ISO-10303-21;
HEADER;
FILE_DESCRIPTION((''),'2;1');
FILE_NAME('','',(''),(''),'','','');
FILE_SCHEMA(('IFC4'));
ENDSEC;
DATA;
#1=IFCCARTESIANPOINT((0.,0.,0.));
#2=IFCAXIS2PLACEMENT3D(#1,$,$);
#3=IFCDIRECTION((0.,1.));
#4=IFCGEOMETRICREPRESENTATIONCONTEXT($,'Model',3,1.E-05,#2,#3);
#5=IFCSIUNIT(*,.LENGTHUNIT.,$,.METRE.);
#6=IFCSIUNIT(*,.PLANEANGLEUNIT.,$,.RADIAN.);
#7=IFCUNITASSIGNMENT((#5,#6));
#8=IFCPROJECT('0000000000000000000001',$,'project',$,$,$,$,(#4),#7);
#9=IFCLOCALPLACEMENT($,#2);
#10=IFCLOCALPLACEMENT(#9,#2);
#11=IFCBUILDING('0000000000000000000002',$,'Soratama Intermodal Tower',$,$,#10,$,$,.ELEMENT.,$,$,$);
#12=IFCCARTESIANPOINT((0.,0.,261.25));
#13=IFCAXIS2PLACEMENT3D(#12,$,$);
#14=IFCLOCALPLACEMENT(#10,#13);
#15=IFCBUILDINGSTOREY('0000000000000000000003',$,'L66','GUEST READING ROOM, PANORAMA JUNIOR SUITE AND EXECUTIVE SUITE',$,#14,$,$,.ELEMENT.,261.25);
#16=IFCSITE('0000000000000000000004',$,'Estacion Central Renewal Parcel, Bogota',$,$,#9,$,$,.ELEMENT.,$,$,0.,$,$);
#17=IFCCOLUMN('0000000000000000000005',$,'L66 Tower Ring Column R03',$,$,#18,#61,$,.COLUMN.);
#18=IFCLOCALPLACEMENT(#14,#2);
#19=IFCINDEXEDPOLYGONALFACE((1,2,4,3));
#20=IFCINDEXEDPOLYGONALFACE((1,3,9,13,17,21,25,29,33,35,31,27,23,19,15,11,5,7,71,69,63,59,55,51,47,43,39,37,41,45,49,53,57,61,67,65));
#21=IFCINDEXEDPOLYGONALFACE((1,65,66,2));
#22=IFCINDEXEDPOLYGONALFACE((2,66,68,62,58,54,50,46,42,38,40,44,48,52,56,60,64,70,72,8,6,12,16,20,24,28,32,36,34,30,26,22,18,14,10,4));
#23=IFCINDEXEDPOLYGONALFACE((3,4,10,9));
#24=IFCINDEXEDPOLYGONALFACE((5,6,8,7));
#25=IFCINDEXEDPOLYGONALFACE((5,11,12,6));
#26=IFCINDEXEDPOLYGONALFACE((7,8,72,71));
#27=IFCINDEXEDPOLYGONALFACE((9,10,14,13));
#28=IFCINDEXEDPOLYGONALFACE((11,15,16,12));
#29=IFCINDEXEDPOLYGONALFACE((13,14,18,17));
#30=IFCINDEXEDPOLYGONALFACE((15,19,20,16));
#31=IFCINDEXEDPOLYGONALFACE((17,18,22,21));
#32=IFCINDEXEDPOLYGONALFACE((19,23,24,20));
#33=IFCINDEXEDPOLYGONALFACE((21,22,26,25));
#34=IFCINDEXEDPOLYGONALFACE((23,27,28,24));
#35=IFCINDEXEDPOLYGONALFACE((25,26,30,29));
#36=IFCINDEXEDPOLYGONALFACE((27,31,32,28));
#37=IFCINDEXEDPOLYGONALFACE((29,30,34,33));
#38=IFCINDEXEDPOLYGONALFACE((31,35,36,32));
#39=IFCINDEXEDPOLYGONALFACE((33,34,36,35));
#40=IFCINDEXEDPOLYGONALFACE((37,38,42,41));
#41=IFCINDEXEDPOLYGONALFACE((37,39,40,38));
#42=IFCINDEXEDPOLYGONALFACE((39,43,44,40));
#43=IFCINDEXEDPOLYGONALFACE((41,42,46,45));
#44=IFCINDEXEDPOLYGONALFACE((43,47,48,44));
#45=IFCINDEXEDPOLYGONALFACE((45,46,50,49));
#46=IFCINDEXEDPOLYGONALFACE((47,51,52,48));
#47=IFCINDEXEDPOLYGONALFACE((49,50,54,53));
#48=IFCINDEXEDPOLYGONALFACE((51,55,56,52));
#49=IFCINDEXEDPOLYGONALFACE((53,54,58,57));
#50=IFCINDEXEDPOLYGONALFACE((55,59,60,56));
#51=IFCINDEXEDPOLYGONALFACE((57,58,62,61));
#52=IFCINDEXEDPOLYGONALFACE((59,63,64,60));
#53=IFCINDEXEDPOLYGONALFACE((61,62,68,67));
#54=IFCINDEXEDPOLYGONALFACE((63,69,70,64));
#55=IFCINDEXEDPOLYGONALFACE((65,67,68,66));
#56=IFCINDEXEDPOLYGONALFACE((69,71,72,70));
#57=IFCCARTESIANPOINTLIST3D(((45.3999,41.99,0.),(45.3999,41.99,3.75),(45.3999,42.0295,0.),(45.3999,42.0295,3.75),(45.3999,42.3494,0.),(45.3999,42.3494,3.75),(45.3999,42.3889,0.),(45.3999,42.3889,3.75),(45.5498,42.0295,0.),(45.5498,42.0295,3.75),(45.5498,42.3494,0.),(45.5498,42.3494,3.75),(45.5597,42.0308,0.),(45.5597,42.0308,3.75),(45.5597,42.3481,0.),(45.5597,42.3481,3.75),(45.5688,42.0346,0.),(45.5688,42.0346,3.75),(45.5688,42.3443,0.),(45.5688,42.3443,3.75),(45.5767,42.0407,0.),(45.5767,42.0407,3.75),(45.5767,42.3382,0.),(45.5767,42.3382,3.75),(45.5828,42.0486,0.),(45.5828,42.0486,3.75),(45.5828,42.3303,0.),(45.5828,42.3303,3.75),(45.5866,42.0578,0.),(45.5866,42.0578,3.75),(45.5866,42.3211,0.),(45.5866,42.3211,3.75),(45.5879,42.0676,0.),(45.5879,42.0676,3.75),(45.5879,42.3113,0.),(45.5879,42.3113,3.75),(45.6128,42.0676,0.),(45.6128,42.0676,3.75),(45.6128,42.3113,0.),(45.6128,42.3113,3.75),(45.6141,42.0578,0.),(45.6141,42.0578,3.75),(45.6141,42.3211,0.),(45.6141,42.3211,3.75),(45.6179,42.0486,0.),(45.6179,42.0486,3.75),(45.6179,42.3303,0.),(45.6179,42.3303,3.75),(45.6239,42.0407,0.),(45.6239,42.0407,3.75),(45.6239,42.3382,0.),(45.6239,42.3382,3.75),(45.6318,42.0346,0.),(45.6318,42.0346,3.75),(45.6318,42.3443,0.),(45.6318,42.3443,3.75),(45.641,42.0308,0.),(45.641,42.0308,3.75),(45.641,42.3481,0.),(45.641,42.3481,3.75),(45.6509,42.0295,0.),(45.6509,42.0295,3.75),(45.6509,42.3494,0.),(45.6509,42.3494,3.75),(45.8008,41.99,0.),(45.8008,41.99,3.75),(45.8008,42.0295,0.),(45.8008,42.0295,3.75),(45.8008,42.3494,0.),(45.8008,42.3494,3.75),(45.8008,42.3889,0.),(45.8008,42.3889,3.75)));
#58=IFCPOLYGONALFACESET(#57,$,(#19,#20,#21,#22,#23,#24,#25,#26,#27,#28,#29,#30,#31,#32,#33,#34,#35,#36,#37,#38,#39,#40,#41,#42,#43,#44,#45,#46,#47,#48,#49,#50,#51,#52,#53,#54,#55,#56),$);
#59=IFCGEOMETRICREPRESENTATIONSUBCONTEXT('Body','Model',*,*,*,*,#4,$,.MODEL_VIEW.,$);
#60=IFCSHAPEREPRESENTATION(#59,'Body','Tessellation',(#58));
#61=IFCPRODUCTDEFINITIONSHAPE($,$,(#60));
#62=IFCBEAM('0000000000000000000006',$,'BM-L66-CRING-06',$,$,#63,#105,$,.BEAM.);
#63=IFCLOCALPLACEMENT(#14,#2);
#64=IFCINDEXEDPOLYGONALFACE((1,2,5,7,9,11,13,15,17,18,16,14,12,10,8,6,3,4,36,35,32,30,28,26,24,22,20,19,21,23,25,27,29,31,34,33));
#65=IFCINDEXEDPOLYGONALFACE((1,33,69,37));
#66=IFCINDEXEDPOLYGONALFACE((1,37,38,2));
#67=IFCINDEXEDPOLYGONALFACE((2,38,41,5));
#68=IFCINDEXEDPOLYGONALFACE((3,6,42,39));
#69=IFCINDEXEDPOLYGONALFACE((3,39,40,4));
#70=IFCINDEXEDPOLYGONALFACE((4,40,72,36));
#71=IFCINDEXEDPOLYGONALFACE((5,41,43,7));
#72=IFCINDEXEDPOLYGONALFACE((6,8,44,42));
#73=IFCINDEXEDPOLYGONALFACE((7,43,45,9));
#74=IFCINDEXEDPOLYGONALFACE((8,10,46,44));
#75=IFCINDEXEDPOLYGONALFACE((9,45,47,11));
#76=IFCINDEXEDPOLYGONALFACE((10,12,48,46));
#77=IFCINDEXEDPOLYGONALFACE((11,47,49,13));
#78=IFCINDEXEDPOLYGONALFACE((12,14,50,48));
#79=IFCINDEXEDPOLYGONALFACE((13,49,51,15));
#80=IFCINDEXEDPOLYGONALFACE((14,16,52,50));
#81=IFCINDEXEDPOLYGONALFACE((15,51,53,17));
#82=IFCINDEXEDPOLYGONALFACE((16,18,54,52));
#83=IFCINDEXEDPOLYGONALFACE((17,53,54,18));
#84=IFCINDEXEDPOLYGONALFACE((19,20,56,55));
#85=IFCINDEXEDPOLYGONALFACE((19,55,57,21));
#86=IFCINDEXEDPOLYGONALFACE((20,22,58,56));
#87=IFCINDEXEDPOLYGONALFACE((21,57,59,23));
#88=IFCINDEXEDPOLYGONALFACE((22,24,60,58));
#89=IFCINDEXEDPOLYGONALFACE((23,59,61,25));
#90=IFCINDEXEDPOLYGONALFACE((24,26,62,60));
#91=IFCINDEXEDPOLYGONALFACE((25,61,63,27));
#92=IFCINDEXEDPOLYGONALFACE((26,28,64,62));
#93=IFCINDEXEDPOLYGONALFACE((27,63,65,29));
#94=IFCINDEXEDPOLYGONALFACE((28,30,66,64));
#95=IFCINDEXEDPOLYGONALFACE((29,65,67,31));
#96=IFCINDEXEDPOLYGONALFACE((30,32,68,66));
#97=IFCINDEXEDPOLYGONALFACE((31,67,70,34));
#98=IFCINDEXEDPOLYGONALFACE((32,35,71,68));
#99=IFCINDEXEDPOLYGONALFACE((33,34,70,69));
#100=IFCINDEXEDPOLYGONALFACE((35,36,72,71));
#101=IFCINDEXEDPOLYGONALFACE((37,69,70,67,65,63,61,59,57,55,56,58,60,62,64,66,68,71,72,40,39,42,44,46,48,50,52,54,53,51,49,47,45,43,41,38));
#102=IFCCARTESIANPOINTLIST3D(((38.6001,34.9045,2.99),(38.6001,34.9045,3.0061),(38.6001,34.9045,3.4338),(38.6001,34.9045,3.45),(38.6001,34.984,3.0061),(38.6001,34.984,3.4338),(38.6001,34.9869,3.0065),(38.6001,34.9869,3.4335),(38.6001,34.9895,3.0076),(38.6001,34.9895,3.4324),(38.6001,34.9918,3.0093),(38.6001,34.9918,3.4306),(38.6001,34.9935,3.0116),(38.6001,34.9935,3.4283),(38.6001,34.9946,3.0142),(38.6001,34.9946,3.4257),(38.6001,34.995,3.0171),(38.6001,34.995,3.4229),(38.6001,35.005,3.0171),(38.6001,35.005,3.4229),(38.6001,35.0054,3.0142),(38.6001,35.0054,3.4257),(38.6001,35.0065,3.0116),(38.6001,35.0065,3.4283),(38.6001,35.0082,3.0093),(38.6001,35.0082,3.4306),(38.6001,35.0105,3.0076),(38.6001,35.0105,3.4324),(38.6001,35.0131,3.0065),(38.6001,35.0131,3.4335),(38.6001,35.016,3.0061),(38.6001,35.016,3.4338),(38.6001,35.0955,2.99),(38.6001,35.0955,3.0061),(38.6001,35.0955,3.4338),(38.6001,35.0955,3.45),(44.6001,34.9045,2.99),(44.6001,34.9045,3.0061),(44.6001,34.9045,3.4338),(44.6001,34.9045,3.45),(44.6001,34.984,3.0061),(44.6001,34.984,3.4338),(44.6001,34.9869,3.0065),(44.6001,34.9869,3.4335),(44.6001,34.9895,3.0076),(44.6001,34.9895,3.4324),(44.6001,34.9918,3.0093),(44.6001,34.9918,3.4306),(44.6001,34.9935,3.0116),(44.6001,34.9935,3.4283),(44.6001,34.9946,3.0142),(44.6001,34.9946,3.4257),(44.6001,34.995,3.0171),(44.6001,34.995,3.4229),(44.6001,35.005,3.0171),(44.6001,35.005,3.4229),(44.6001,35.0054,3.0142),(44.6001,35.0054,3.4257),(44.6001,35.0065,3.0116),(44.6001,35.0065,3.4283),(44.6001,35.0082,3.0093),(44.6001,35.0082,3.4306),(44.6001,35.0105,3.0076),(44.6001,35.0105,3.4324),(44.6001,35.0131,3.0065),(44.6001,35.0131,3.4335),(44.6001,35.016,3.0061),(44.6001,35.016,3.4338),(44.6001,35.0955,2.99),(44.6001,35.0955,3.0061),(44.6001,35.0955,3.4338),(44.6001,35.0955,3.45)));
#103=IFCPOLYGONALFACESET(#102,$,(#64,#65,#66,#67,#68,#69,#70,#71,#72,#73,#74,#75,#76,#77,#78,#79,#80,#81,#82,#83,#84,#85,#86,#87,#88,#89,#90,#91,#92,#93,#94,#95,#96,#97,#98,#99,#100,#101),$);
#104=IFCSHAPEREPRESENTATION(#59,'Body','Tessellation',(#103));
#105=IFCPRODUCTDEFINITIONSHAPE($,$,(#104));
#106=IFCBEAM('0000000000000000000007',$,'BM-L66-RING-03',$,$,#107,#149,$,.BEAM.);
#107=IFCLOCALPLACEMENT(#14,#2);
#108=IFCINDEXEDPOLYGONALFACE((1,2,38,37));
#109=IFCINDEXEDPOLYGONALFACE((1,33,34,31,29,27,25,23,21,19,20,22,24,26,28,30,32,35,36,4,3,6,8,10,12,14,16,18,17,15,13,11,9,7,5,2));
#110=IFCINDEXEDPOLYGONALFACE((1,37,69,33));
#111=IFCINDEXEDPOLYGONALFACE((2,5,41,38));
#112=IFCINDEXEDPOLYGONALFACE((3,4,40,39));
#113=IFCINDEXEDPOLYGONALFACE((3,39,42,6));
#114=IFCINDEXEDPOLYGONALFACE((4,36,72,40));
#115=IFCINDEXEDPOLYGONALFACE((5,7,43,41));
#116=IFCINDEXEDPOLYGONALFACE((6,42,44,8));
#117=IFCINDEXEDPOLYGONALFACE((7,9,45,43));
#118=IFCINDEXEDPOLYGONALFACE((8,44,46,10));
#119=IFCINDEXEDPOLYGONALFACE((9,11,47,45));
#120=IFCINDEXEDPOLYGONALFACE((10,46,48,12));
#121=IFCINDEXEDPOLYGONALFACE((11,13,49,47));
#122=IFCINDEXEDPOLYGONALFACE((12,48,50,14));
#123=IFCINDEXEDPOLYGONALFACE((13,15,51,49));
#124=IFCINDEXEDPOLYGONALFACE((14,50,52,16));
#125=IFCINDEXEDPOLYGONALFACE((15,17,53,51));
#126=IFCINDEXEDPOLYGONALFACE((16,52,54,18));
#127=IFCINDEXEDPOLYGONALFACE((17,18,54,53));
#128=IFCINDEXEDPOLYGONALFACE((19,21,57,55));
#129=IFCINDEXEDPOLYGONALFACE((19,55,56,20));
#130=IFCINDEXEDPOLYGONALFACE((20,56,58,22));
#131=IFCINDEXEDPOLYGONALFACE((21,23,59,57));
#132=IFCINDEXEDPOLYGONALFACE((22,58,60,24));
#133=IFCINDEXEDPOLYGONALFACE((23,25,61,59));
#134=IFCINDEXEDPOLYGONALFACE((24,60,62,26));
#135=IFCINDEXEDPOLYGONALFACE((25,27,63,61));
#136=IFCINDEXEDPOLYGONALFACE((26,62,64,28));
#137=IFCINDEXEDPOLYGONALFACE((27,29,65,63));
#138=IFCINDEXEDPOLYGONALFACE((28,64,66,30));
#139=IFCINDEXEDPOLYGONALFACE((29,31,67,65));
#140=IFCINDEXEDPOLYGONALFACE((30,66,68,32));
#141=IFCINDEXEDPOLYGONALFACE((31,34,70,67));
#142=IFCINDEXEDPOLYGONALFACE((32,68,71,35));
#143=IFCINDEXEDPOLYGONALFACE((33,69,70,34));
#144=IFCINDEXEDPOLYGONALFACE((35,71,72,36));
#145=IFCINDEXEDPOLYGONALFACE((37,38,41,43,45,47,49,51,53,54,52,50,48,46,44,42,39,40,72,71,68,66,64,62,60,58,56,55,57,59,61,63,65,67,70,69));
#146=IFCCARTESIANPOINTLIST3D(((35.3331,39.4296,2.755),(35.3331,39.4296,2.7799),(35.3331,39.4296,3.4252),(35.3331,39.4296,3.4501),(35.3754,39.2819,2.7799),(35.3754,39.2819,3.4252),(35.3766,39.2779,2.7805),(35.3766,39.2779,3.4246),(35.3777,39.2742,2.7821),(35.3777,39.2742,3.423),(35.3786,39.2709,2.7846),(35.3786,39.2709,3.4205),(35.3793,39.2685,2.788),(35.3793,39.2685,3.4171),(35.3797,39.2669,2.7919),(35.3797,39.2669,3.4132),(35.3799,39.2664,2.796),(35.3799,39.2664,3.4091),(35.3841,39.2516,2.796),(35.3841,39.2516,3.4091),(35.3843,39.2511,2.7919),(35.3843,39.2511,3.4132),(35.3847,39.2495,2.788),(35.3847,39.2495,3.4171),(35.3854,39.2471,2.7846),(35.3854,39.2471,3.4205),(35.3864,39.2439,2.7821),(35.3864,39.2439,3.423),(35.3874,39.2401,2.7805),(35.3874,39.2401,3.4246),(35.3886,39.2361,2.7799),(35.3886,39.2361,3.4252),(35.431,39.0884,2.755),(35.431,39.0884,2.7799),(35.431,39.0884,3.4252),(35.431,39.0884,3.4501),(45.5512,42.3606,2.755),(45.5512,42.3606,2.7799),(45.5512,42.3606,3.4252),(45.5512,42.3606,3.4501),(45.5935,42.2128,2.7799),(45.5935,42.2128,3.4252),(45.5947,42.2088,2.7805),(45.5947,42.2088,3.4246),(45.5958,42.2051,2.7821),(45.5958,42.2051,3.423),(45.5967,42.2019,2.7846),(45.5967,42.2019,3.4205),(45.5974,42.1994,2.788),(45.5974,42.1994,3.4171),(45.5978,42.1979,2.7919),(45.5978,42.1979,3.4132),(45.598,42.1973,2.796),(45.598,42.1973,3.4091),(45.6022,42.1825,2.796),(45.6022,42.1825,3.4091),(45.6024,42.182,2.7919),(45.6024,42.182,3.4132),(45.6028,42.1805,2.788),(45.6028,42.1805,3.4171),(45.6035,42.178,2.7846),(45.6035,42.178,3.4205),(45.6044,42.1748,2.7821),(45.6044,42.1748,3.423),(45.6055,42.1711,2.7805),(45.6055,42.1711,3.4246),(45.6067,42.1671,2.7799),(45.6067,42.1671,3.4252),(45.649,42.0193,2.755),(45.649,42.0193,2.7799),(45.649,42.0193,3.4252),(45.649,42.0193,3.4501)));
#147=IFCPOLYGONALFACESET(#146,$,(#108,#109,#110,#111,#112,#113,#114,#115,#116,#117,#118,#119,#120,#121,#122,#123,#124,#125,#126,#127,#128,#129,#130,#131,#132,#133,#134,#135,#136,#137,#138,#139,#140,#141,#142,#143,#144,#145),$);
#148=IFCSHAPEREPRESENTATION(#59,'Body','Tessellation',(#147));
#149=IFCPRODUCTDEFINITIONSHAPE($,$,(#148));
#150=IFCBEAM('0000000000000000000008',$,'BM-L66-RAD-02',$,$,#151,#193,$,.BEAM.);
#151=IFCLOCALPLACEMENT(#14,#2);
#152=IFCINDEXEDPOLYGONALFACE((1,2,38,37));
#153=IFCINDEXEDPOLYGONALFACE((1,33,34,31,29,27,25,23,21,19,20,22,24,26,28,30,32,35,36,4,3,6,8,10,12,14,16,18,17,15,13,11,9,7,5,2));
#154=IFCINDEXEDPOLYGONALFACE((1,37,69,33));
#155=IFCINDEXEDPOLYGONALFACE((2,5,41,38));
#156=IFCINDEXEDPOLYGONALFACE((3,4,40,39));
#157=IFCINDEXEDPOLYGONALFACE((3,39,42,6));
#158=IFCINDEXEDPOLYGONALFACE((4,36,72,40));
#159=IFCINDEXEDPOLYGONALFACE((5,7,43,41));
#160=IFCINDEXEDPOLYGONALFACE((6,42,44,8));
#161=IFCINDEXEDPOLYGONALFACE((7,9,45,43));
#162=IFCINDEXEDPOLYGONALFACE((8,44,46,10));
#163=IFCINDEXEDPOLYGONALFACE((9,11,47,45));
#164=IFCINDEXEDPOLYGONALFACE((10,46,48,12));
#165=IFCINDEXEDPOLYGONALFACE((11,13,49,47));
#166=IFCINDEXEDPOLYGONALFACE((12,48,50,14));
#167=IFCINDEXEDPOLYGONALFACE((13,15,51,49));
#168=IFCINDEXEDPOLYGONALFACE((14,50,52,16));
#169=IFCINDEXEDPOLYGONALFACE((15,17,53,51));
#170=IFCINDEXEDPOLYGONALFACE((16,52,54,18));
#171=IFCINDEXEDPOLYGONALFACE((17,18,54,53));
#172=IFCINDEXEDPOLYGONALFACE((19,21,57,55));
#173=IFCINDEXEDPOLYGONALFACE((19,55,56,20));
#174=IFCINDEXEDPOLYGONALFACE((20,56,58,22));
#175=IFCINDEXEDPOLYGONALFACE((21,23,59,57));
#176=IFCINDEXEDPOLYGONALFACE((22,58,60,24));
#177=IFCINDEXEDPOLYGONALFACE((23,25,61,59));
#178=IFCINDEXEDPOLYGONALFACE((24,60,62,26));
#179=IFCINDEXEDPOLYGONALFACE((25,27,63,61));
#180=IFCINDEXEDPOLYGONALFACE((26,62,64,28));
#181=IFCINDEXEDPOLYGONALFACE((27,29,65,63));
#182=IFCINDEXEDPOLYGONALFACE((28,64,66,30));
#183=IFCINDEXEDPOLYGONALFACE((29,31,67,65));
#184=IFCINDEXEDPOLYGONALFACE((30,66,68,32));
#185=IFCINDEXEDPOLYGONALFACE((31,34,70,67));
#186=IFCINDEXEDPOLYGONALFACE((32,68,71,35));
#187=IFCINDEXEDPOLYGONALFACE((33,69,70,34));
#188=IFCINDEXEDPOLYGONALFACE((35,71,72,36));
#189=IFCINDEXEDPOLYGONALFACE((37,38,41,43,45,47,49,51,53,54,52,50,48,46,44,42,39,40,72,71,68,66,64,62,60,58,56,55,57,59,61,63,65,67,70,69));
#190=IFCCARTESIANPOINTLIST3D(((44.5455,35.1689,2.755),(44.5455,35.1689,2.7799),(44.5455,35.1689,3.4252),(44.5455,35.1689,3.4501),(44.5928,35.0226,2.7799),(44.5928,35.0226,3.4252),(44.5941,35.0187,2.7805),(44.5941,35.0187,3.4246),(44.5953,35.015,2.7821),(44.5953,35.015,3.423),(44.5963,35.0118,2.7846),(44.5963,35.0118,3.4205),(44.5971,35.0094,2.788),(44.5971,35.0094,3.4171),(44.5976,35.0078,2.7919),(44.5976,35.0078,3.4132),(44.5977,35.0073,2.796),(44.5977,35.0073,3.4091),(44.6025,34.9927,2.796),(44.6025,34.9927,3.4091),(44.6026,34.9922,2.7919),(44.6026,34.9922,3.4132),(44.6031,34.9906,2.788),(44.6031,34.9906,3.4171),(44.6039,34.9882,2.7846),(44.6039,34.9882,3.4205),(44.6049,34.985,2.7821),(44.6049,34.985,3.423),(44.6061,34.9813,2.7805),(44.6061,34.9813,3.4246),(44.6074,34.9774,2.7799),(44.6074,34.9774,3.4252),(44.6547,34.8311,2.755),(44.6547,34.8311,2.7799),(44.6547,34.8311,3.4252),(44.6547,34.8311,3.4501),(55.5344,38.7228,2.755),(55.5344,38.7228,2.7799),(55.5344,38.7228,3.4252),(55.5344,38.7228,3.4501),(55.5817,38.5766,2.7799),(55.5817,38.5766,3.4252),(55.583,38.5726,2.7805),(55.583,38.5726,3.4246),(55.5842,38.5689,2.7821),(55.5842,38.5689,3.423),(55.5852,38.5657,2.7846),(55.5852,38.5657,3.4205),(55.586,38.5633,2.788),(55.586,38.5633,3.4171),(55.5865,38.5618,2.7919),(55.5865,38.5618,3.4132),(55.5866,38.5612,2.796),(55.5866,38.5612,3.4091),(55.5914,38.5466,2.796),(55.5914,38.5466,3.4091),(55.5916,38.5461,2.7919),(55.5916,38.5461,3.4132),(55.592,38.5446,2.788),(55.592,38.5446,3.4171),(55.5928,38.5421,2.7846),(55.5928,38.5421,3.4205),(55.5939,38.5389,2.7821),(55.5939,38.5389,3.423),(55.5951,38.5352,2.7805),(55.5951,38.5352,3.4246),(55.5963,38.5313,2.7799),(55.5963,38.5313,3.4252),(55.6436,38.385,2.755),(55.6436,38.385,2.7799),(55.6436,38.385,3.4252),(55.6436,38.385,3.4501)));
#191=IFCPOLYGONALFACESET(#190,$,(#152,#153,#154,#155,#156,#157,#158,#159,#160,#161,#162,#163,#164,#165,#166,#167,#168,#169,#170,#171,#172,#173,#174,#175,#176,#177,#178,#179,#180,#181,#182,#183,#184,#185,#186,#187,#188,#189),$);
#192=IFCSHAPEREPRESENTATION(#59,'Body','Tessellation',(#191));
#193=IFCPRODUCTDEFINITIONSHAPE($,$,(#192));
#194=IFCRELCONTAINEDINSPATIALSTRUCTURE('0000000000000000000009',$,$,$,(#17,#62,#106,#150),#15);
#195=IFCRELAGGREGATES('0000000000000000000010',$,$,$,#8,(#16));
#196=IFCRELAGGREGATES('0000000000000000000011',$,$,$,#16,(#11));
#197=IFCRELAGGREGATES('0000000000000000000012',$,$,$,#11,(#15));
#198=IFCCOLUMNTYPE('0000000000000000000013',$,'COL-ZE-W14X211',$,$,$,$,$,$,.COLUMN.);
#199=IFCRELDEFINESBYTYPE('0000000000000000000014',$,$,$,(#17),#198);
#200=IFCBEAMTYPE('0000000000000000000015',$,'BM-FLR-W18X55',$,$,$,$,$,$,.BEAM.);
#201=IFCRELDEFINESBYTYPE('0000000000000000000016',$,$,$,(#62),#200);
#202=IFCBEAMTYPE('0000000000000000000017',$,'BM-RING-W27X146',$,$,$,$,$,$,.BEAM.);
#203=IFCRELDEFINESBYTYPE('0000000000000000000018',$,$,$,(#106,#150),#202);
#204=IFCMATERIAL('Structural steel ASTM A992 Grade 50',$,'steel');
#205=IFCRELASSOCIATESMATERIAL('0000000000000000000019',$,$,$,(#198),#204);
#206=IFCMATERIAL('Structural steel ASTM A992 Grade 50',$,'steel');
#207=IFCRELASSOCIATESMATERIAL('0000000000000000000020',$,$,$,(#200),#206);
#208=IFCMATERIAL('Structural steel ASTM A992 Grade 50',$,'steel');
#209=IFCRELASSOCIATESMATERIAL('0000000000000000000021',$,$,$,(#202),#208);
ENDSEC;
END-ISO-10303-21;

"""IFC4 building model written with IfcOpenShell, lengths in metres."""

from ifc_helpers import new_model, si_unit, direction, frame, origin, origin_2d, place, context, subcontext, project, spatial, i_section, extrude, material, material_profile, profile_set, type_object, element, save


model = new_model("IFC4")

# Units and contexts
model_context = context("Model", 3, precision=1e-05, world=origin(), true_north=direction((0.0, 1.0)))
body_context = subcontext(model_context, "Body", "Model", "MODEL_VIEW")
ifc_project = project(units=[si_unit("LENGTHUNIT", "METRE"), si_unit("PLANEANGLEUNIT", "RADIAN")], contexts=[model_context])

# Site, building, storey
site_placement = place(None, origin())
site = spatial("IfcSite", under=ifc_project, at=site_placement, Name="Estacion Central Renewal Parcel, Bogota", CompositionType="ELEMENT", RefElevation=0.0)
building_placement = place(site_placement, origin())
building = spatial("IfcBuilding", under=site, at=building_placement, Name="Soratama Intermodal Tower", CompositionType="ELEMENT")
storey_placement = place(building_placement, frame((0.0, 0.0, 261.25)))
storey = spatial("IfcBuildingStorey", under=building, at=storey_placement, Name="L66", Description="GUEST READING ROOM, PANORAMA JUNIOR SUITE AND EXECUTIVE SUITE", CompositionType="ELEMENT", Elevation=261.25)

# Column
ifc_material_1 = material(Name="Structural steel ASTM A992 Grade 50", Category="steel")
ifc_material_profile_1 = material_profile(ifc_material_1, i_section(OverallWidth=0.4009, OverallDepth=0.3989, WebThickness=0.0249, FlangeThickness=0.0396, FilletRadius=0.0381, at=origin_2d()), Name="W14X211")
ifc_profile_set_1 = profile_set([ifc_material_profile_1], Name="Structural steel ASTM A992 Grade 50")
column_type = type_object("IfcColumnType", Name="COL-ZE-W14X211", PredefinedType="COLUMN", material=ifc_profile_set_1)
column_placement = place(storey_placement, frame((45.6003, 42.1895, 0.0), z_axis=(0.0, 0.0, 1.0), x_axis=(1.0, 0.0, 0.0)))
element("IfcColumn", 1, at=column_placement, inside=storey, type_object=column_type, Name="L66 Tower Ring Column R03", PredefinedType="COLUMN", context=body_context, shape_type="SweptSolid", body=[
    extrude(i_section(OverallWidth=0.4009, OverallDepth=0.3989, WebThickness=0.0249, FlangeThickness=0.0396, FilletRadius=0.0381, at=origin_2d()), origin(), (0.0, 0.0, 1.0), 3.75),
])

# Beams
ifc_material_2 = material(Name="Structural steel ASTM A992 Grade 50", Category="steel")
ifc_material_profile_2 = material_profile(ifc_material_2, i_section(OverallWidth=0.1909, OverallDepth=0.46, WebThickness=0.01, FlangeThickness=0.0161, FilletRadius=0.011, at=origin_2d()), Name="W18X55")
ifc_profile_set_2 = profile_set([ifc_material_profile_2], Name="Structural steel ASTM A992 Grade 50")
beam_type_1 = type_object("IfcBeamType", Name="BM-FLR-W18X55", PredefinedType="BEAM", material=ifc_profile_set_2)
beam_1_placement = place(storey_placement, frame((44.6001, 35.0, 3.22), z_axis=(-1.0, 0.0, 0.0), x_axis=(0.0, -1.0, 0.0)))
element("IfcBeam", 2, at=beam_1_placement, inside=storey, type_object=beam_type_1, Name="BM-L66-CRING-06", PredefinedType="BEAM", context=body_context, shape_type="SweptSolid", body=[
    extrude(i_section(OverallWidth=0.1909, OverallDepth=0.46, WebThickness=0.01, FlangeThickness=0.0161, FilletRadius=0.011, at=origin_2d()), origin(), (0.0, 0.0, 1.0), 6.0),
])
ifc_material_3 = material(Name="Structural steel ASTM A992 Grade 50", Category="steel")
ifc_material_profile_3 = material_profile(ifc_material_3, i_section(OverallWidth=0.355, OverallDepth=0.6951, WebThickness=0.0154, FlangeThickness=0.0249, FilletRadius=0.0161, at=origin_2d()), Name="W27X146")
ifc_profile_set_3 = profile_set([ifc_material_profile_3], Name="Structural steel ASTM A992 Grade 50")
beam_type_2 = type_object("IfcBeamType", Name="BM-RING-W27X146", PredefinedType="BEAM", material=ifc_profile_set_3)
beam_2_placement = place(storey_placement, frame((45.6001, 42.1899, 3.1025), z_axis=(-0.961238, -0.275719, 0.0), x_axis=(0.275719, -0.961238, 0.0)))
element("IfcBeam", 3, at=beam_2_placement, inside=storey, type_object=beam_type_2, Name="BM-L66-RING-03", PredefinedType="BEAM", context=body_context, shape_type="SweptSolid", body=[
    extrude(i_section(OverallWidth=0.355, OverallDepth=0.6951, WebThickness=0.0154, FlangeThickness=0.0249, FilletRadius=0.0161, at=origin_2d()), origin(), (0.0, 0.0, 1.0), 10.6301),
])
beam_3_placement = place(storey_placement, frame((44.6001, 35.0, 3.1025), z_axis=(0.951478, 0.307717, 0.0), x_axis=(-0.307717, 0.951478, 0.0)))
element("IfcBeam", 4, at=beam_3_placement, inside=storey, type_object=beam_type_2, Name="BM-L66-RAD-02", PredefinedType="BEAM", context=body_context, shape_type="SweptSolid", body=[
    extrude(i_section(OverallWidth=0.355, OverallDepth=0.6951, WebThickness=0.0154, FlangeThickness=0.0249, FilletRadius=0.0161, at=origin_2d()), origin(), (0.0, 0.0, 1.0), 11.5493),
])

save(model, "model.ifc")
